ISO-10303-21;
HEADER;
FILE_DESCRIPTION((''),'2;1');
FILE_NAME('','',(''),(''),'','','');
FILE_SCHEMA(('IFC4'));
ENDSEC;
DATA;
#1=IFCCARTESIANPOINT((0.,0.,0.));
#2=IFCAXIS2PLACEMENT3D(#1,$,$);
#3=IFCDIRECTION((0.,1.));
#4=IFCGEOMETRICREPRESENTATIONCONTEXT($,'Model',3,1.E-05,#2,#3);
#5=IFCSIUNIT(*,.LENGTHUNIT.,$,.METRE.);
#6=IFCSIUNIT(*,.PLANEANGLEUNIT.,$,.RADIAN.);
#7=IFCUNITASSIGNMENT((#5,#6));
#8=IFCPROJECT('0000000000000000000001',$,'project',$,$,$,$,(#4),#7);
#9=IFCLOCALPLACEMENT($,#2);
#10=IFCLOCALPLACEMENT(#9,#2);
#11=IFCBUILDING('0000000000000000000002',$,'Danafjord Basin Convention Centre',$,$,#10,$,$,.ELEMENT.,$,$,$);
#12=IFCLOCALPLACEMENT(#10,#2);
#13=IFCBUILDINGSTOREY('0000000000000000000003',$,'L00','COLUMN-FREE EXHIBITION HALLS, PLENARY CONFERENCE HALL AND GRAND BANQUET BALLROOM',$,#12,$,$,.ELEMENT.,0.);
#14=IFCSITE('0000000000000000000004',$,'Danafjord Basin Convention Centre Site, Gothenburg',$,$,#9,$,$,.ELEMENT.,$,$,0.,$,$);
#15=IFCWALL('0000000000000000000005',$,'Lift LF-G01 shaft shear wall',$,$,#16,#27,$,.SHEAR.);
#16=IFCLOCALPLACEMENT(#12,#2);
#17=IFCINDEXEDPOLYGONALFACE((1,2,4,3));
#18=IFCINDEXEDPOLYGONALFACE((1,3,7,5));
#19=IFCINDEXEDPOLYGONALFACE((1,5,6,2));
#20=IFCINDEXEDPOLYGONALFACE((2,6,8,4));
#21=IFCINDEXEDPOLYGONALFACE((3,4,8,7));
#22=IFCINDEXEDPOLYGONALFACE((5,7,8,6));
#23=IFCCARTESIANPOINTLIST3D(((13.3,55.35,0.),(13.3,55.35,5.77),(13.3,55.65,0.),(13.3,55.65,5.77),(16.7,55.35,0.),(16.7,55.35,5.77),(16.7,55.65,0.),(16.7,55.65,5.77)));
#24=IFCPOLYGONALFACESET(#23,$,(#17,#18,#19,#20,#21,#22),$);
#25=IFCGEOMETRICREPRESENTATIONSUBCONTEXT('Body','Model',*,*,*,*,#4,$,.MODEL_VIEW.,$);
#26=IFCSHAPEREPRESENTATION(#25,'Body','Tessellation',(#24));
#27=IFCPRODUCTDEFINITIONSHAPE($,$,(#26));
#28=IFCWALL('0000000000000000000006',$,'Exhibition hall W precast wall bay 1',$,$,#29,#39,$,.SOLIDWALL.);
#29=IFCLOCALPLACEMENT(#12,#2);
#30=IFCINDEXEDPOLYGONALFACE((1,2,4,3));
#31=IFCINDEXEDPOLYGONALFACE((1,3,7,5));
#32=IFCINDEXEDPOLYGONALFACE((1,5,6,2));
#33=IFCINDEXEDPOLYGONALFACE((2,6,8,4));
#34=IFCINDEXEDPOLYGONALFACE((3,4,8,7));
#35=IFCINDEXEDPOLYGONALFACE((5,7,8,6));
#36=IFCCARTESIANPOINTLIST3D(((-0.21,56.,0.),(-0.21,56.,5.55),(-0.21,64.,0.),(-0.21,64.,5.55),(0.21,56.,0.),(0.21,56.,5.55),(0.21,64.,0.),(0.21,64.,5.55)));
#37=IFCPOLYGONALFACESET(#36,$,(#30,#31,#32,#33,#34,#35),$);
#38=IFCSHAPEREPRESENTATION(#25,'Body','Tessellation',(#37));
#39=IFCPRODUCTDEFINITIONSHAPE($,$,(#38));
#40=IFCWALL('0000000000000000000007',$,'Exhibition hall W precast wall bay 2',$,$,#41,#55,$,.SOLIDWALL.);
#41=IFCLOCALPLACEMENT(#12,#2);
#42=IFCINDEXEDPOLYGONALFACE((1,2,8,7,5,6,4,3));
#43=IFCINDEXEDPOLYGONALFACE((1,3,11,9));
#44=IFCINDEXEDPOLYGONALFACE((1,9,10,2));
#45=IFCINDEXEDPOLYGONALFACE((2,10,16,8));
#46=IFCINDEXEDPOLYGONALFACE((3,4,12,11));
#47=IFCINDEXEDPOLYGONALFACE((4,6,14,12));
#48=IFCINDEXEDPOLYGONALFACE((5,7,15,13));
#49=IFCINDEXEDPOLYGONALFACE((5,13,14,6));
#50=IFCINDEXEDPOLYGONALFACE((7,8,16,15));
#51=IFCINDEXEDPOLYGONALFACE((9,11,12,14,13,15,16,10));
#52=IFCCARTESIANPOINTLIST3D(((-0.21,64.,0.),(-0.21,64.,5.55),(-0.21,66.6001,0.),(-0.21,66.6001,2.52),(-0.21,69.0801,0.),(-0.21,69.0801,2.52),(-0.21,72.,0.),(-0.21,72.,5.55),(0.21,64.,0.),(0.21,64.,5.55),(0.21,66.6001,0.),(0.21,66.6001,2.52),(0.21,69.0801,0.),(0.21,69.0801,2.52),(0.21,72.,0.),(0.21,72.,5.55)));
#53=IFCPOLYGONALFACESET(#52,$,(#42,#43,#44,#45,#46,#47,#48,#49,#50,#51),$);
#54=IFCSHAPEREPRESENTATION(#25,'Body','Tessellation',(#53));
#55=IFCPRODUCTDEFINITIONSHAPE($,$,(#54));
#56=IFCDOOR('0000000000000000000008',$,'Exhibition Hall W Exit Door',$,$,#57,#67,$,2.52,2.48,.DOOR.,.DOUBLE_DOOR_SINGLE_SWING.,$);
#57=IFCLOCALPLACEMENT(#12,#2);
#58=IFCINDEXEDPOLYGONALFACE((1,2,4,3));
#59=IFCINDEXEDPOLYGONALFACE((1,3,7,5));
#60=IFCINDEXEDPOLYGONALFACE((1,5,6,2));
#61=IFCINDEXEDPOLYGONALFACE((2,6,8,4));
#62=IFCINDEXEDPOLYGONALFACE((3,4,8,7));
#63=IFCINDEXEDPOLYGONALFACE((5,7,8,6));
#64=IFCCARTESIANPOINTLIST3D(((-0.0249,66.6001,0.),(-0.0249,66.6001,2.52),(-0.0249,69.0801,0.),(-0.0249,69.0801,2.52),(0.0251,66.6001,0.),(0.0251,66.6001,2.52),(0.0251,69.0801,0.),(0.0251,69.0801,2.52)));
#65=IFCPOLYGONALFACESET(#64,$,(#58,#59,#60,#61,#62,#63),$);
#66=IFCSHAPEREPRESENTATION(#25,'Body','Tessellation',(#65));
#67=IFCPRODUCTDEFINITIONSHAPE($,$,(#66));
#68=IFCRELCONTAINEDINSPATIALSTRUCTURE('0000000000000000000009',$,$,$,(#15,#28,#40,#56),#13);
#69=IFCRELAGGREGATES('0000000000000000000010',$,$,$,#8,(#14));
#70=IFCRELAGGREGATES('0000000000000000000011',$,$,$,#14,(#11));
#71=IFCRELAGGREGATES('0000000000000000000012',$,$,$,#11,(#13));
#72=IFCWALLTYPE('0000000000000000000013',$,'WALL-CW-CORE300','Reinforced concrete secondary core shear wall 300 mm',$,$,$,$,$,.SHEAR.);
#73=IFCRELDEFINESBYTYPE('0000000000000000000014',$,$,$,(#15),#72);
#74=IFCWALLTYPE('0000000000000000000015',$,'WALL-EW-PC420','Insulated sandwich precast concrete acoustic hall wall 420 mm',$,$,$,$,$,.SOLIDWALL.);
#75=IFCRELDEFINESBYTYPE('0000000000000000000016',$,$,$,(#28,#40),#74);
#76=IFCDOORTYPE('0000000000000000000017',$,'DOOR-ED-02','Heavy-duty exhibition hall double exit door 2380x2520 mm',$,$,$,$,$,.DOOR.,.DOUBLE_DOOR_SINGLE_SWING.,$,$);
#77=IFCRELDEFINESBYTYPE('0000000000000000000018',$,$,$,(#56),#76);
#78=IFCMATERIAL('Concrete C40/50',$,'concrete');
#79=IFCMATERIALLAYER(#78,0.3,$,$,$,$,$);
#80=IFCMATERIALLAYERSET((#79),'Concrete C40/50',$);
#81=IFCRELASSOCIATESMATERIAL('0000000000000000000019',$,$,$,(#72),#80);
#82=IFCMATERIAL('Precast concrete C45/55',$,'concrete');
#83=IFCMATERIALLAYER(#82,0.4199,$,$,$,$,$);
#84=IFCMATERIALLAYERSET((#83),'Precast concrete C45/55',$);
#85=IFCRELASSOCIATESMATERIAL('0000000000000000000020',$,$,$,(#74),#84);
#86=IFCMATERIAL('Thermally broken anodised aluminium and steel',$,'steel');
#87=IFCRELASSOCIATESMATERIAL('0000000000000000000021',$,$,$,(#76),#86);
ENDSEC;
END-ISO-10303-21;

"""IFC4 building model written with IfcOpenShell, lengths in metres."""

from ifc_helpers import new_model, si_unit, direction, frame, frame_2d, origin, place, context, subcontext, project, spatial, rectangle, extrude, material, layer, layer_set, type_object, element, fill, save


model = new_model("IFC4")

# Units and contexts
model_context = context("Model", 3, precision=1e-05, world=origin(), true_north=direction((0.0, 1.0)))
body_context = subcontext(model_context, "Body", "Model", "MODEL_VIEW")
ifc_project = project(units=[si_unit("LENGTHUNIT", "METRE"), si_unit("PLANEANGLEUNIT", "RADIAN")], contexts=[model_context])

# Site, building, storey
site_placement = place(None, origin())
site = spatial("IfcSite", under=ifc_project, at=site_placement, Name="Danafjord Basin Convention Centre Site, Gothenburg", CompositionType="ELEMENT", RefElevation=0.0)
building_placement = place(site_placement, origin())
building = spatial("IfcBuilding", under=site, at=building_placement, Name="Danafjord Basin Convention Centre", CompositionType="ELEMENT")
storey_placement = place(building_placement, origin())
storey = spatial("IfcBuildingStorey", under=building, at=storey_placement, Name="L00", Description="COLUMN-FREE EXHIBITION HALLS, PLENARY CONFERENCE HALL AND GRAND BANQUET BALLROOM", CompositionType="ELEMENT", Elevation=0.0)

# Shared definitions
ifc_material_1 = material(Name="Precast concrete C45/55", Category="concrete")

# Walls
ifc_material_2 = material(Name="Concrete C40/50", Category="concrete")
ifc_layer_1 = layer(ifc_material_2, 0.3)
ifc_layer_set_1 = layer_set([ifc_layer_1], Name="Concrete C40/50")
wall_type_1 = type_object("IfcWallType", Name="WALL-CW-CORE300", Description="Reinforced concrete secondary core shear wall 300 mm", PredefinedType="SHEAR", material=ifc_layer_set_1)
wall_1_placement = place(storey_placement, frame((16.7, 55.5, 0.0), z_axis=(0.0, 0.0, 1.0), x_axis=(-1.0, 0.0, 0.0)))
element("IfcWall", 1, at=wall_1_placement, inside=storey, type_object=wall_type_1, Name="Lift LF-G01 shaft shear wall", PredefinedType="SHEAR", context=body_context, shape_type="SweptSolid", body=[
    extrude(rectangle(XDim=3.3999, YDim=0.3, at=frame_2d((1.7, 0.0))), origin(), (0.0, 0.0, 1.0), 5.77),
])
ifc_layer_2 = layer(ifc_material_1, 0.4199)
ifc_layer_set_2 = layer_set([ifc_layer_2], Name="Precast concrete C45/55")
wall_type_2 = type_object("IfcWallType", Name="WALL-EW-PC420", Description="Insulated sandwich precast concrete acoustic hall wall 420 mm", PredefinedType="SOLIDWALL", material=ifc_layer_set_2)
wall_2_placement = place(storey_placement, frame((0.0, 56.0, 0.0), z_axis=(0.0, 0.0, 1.0), x_axis=(0.0, 1.0, 0.0)))
element("IfcWall", 2, at=wall_2_placement, inside=storey, type_object=wall_type_2, Name="Exhibition hall W precast wall bay 1", PredefinedType="SOLIDWALL", context=body_context, shape_type="SweptSolid", body=[
    extrude(rectangle(XDim=8.0, YDim=0.4199, at=frame_2d((4.0, 0.0))), origin(), (0.0, 0.0, 1.0), 5.55),
])

# Wall, opening, door
wall_3_placement = place(storey_placement, frame((0.0, 64.0, 0.0), z_axis=(0.0, 0.0, 1.0), x_axis=(0.0, 1.0, 0.0)))
wall_3 = element("IfcWall", 3, at=wall_3_placement, inside=storey, type_object=wall_type_2, Name="Exhibition hall W precast wall bay 2", PredefinedType="SOLIDWALL", context=body_context, shape_type="SweptSolid", body=[
    extrude(rectangle(XDim=8.0, YDim=0.4199, at=frame_2d((4.0, 0.0))), origin(), (0.0, 0.0, 1.0), 5.55),
])
opening_placement = place(wall_3_placement, frame((2.6001, 0.0, 0.0)))
opening = element("IfcOpeningElement", 4, at=opening_placement, cuts=wall_3, PredefinedType="OPENING", context=body_context, shape_type="SweptSolid", body=[
    extrude(rectangle(XDim=2.48, YDim=2.52, at=frame_2d((1.24, 1.26))), frame((0.0, 0.22, 0.0), z_axis=(0.0, -1.0, 0.0), x_axis=(1.0, 0.0, 0.0)), (0.0, 0.0, 1.0), 0.4399),
])
ifc_material_3 = material(Name="Thermally broken anodised aluminium and steel", Category="steel")
door_type = type_object("IfcDoorType", Name="DOOR-ED-02", Description="Heavy-duty exhibition hall double exit door 2380x2520 mm", OperationType="DOUBLE_DOOR_SINGLE_SWING", PredefinedType="DOOR", material=ifc_material_3)
door_placement = place(opening_placement, origin())
door = element("IfcDoor", 5, at=door_placement, inside=storey, type_object=door_type, Name="Exhibition Hall W Exit Door", OperationType="DOUBLE_DOOR_SINGLE_SWING", OverallHeight=2.52, OverallWidth=2.48, PredefinedType="DOOR", context=body_context, shape_type="SweptSolid", body=[
    extrude(rectangle(XDim=2.48, YDim=2.52, at=frame_2d((1.24, 1.26))), frame((0.0, 0.0249, 0.0), z_axis=(0.0, -1.0, 0.0), x_axis=(1.0, 0.0, 0.0)), (0.0, 0.0, 1.0), 0.05),
])
fill(opening, door)

save(model, "model.ifc")
